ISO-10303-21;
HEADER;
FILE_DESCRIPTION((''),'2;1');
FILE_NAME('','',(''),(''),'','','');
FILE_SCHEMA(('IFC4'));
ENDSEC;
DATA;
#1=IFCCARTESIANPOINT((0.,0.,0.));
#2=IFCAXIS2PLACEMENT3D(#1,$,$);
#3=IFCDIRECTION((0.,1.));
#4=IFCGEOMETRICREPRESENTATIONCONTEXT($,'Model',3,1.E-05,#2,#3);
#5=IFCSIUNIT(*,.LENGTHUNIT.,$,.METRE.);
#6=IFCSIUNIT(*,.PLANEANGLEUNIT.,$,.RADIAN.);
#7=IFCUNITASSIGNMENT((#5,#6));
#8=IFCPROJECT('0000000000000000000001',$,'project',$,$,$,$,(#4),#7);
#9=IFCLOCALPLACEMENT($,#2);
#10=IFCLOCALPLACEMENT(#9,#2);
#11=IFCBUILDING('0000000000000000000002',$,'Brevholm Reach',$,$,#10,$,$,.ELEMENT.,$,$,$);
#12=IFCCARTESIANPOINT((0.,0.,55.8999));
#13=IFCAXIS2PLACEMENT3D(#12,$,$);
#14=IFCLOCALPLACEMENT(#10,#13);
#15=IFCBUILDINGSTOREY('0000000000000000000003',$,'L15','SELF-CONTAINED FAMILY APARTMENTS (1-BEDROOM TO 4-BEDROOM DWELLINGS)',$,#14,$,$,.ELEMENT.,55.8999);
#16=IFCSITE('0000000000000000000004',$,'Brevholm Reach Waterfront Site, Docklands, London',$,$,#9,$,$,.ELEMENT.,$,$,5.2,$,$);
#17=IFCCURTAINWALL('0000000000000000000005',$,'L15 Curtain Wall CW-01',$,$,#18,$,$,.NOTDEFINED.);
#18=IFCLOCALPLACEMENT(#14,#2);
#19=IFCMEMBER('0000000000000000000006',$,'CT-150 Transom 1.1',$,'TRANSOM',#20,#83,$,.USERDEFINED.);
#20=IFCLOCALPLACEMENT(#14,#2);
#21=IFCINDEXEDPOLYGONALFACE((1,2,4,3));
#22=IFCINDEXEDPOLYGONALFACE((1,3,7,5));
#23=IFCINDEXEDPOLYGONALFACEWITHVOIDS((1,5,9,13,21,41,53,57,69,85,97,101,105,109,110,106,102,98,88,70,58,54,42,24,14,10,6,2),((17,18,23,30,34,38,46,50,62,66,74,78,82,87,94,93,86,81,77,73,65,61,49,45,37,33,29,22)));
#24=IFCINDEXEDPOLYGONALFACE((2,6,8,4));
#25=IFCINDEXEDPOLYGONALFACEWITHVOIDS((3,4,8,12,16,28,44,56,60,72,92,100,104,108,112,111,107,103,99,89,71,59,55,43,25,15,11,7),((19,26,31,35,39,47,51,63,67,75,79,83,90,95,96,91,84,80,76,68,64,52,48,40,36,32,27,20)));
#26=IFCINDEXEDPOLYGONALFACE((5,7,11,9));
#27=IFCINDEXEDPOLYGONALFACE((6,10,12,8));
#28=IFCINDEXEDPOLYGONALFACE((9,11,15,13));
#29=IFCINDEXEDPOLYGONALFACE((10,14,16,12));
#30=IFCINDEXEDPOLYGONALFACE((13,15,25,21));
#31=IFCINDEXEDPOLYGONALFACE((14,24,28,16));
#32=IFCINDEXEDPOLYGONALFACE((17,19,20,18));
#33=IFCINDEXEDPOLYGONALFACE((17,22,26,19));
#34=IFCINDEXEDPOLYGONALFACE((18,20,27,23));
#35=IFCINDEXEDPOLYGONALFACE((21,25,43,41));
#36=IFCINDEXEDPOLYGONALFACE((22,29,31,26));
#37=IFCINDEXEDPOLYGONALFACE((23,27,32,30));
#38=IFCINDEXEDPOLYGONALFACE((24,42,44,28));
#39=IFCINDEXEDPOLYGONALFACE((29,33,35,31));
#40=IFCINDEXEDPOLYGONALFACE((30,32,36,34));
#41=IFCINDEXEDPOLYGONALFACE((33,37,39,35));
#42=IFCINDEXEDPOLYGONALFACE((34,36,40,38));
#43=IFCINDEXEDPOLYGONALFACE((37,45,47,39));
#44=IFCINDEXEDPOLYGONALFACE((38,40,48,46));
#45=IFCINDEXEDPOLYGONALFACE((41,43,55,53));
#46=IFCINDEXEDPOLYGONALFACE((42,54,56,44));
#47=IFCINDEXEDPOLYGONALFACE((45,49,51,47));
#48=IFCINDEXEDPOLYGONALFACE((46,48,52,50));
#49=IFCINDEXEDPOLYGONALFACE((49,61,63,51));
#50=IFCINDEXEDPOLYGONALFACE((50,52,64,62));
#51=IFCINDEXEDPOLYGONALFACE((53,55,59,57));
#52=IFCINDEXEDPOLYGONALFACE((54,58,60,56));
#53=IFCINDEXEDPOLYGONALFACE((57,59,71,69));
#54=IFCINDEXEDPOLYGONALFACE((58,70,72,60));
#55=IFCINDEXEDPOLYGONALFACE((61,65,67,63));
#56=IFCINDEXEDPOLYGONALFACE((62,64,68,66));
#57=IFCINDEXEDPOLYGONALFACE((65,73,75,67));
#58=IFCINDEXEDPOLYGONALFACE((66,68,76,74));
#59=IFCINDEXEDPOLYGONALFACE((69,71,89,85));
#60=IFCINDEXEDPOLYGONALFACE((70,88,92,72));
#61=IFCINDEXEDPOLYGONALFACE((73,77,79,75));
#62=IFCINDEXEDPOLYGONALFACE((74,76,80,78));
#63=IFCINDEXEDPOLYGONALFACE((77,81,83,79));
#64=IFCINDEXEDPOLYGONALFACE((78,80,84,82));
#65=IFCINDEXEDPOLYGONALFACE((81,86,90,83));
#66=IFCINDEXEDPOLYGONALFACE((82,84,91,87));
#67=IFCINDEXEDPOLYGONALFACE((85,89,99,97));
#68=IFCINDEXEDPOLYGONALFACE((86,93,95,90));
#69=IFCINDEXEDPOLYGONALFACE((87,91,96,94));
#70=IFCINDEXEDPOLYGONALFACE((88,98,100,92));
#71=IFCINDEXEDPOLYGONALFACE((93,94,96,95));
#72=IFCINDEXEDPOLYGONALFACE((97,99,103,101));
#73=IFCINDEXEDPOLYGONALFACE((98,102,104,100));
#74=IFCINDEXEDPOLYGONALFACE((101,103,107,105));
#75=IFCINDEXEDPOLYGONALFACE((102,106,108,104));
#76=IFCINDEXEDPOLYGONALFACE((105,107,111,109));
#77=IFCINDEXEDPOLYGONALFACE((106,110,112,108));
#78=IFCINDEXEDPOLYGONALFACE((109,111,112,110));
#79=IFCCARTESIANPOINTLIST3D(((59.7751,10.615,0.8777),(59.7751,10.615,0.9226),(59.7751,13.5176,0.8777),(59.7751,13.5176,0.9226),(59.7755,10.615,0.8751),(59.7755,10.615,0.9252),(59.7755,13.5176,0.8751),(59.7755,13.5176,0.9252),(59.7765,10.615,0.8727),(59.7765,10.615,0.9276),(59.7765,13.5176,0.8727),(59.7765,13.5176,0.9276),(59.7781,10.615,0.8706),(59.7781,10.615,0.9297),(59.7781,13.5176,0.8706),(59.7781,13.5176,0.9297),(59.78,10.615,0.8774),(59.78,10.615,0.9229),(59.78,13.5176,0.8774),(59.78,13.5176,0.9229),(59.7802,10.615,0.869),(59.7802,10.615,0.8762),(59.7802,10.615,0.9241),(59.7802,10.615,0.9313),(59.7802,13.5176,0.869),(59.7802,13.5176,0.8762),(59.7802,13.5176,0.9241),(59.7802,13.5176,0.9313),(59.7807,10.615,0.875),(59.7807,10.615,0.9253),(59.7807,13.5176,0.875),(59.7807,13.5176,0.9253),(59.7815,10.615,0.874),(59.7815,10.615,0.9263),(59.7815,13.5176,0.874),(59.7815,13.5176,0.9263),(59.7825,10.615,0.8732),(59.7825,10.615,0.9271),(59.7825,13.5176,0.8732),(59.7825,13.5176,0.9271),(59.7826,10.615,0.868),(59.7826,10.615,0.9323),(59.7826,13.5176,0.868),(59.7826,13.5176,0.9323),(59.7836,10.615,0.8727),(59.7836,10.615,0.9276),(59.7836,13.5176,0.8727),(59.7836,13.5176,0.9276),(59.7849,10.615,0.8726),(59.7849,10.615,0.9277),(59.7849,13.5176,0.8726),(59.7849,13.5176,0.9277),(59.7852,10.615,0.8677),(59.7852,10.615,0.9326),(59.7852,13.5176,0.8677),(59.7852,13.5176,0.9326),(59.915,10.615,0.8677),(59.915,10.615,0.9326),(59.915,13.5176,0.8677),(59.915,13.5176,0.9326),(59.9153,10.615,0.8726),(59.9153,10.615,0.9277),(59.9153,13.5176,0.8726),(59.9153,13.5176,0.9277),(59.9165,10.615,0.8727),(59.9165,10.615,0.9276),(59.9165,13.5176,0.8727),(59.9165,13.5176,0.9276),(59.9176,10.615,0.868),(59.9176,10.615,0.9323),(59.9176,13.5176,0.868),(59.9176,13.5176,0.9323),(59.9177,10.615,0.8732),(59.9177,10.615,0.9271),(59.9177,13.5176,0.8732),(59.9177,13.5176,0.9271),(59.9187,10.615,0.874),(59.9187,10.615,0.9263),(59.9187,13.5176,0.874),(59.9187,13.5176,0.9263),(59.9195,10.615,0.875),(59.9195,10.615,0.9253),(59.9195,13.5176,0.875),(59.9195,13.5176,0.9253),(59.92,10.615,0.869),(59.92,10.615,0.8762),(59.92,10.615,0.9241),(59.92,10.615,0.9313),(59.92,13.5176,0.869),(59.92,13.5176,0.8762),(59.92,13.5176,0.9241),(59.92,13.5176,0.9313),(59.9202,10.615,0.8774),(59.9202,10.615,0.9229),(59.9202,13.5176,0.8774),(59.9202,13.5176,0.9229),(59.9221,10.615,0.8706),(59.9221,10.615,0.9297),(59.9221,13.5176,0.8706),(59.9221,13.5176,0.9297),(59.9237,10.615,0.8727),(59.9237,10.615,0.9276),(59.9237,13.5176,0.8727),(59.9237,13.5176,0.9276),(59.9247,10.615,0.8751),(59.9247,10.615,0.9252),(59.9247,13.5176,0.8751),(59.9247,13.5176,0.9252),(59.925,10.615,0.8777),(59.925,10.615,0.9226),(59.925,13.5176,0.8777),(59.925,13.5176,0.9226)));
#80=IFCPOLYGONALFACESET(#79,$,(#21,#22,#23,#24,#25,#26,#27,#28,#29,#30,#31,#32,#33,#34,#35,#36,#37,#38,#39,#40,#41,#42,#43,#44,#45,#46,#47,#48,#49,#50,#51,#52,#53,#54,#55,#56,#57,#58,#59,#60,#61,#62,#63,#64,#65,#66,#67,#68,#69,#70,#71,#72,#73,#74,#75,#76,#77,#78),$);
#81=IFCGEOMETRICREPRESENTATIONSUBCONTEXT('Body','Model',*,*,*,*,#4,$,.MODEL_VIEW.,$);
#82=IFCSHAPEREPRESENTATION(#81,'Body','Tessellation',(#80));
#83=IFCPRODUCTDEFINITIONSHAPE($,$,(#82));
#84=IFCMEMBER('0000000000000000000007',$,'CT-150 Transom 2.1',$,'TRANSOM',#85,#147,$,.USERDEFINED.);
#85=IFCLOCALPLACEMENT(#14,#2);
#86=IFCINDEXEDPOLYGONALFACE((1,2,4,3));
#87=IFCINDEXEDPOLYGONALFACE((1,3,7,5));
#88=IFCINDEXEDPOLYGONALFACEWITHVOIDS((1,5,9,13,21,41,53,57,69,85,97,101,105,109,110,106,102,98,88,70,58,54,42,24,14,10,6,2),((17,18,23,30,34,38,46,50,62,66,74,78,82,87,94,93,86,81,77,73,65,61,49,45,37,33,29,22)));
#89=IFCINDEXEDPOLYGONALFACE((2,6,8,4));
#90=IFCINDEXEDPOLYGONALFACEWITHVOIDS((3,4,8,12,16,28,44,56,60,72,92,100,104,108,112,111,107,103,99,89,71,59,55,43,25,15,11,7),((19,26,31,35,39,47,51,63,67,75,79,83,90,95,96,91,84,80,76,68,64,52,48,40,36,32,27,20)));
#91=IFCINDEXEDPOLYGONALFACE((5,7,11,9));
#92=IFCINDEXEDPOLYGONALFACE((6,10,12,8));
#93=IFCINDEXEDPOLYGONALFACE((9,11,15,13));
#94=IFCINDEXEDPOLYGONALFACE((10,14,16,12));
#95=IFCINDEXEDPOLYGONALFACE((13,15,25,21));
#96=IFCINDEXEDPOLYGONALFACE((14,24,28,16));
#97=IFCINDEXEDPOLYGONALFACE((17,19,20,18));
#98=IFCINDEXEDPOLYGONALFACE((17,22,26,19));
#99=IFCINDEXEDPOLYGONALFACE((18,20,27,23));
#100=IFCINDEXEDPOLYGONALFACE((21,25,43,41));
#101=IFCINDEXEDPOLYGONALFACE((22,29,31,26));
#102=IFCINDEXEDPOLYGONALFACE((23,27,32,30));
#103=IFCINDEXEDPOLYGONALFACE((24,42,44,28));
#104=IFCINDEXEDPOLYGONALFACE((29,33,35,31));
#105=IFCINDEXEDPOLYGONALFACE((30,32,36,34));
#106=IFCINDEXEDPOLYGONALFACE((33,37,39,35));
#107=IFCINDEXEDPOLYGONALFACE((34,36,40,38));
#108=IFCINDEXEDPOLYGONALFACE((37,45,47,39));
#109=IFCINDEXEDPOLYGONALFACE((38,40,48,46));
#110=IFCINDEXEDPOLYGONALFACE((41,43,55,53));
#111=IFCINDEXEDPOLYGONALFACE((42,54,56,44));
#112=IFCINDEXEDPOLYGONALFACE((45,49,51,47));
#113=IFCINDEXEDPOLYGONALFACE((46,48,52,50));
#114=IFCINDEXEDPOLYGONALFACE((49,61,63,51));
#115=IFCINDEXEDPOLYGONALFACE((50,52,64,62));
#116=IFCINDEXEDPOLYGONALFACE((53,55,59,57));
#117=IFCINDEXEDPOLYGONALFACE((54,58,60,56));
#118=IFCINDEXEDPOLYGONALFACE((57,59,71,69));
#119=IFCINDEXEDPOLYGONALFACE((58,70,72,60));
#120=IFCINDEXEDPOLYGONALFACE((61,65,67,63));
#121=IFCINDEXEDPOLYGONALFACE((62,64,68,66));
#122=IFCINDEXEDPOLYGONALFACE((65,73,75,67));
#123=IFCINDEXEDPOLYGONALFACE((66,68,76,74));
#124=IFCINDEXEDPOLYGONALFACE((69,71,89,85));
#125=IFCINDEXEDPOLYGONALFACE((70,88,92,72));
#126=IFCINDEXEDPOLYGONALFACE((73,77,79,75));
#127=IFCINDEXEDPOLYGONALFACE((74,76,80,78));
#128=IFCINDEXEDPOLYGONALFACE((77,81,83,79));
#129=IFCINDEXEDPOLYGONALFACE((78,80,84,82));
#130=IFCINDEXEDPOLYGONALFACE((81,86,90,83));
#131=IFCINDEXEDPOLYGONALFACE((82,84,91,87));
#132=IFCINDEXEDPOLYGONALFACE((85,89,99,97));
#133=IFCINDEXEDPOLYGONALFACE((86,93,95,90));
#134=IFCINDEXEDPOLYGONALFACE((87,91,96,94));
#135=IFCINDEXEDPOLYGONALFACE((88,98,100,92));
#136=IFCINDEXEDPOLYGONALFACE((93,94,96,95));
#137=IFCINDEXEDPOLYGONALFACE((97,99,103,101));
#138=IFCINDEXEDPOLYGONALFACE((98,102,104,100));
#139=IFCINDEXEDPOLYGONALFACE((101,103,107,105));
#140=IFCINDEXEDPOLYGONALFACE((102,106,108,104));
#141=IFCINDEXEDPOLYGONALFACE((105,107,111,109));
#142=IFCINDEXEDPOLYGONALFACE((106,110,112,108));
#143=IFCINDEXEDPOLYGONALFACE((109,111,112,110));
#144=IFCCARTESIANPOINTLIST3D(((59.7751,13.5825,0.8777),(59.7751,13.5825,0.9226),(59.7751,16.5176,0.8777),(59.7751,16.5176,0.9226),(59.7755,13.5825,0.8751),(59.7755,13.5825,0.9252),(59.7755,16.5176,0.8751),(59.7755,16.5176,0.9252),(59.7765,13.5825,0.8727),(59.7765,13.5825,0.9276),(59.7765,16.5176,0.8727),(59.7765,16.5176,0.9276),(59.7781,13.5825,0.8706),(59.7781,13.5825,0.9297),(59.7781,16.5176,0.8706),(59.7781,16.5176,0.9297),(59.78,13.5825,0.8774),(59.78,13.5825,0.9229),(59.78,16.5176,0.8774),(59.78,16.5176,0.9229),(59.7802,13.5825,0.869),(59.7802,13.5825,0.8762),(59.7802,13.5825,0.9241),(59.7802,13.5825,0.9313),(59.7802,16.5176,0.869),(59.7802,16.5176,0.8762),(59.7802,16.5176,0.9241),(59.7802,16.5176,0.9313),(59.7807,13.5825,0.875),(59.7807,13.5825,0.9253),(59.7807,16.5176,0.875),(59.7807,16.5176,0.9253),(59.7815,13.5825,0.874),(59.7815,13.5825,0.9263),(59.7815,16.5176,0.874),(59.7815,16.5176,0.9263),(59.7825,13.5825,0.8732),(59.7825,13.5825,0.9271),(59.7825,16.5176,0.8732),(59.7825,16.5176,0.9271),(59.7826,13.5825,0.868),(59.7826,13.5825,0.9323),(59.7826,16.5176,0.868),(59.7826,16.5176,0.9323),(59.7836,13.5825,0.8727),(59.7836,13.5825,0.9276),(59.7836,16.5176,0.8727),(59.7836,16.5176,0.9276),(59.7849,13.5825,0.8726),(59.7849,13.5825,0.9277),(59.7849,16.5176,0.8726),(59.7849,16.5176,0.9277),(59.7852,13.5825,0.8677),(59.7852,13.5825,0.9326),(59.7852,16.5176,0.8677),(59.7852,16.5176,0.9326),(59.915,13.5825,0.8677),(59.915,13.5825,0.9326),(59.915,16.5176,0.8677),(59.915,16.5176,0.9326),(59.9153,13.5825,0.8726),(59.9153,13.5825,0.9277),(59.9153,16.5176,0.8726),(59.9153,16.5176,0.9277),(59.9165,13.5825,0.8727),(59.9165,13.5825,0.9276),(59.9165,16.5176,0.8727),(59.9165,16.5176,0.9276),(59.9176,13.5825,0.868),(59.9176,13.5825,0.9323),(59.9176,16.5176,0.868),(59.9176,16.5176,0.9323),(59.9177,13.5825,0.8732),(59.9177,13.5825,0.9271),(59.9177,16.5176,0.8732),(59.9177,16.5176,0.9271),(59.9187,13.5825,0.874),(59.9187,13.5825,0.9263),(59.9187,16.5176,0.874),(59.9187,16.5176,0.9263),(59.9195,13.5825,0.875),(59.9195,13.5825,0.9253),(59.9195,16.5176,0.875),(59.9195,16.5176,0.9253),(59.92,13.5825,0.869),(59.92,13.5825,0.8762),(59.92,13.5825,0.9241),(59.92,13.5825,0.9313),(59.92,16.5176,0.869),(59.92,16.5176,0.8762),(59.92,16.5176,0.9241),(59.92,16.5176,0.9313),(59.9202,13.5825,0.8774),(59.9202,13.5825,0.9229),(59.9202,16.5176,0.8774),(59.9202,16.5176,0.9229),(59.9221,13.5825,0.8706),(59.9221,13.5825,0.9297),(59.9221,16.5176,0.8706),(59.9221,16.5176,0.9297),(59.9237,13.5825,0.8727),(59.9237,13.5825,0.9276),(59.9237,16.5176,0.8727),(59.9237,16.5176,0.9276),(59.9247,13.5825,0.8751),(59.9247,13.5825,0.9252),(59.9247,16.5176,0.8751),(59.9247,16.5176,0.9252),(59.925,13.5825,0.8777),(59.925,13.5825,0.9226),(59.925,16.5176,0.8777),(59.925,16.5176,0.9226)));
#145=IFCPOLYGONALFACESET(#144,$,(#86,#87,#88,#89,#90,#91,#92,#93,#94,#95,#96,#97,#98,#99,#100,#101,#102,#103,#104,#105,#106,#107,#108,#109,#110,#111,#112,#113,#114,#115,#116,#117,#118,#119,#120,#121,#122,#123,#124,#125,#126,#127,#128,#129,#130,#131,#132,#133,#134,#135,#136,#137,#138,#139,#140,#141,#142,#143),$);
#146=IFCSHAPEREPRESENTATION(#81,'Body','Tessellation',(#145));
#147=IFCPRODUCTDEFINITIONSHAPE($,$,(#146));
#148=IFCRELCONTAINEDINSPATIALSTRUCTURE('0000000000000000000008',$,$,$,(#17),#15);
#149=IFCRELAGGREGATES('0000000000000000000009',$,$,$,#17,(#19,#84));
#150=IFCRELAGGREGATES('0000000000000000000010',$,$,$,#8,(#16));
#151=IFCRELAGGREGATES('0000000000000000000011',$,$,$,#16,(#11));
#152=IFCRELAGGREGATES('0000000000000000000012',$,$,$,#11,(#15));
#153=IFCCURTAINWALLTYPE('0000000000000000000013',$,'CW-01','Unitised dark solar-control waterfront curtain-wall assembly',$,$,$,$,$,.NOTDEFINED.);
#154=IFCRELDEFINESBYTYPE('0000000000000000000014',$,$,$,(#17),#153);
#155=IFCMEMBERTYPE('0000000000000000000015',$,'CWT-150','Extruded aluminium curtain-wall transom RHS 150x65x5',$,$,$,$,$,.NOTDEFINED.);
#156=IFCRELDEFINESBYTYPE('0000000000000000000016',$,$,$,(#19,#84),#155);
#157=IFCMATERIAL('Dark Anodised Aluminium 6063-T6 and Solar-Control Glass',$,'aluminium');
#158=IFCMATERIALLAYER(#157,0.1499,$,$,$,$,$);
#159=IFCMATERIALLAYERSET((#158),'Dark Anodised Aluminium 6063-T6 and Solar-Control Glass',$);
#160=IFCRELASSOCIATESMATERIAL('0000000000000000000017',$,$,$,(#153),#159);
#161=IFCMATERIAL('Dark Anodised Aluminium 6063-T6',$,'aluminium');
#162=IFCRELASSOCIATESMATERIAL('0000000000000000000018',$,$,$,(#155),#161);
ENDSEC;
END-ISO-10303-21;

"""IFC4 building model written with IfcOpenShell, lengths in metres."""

from ifc_helpers import new_model, si_unit, direction, frame, origin, origin_2d, place, context, subcontext, project, spatial, hollow_rectangle, extrude, material, layer, layer_set, material_profile, profile_set, type_object, element, aggregate, save


model = new_model("IFC4")

# Units and contexts
model_context = context("Model", 3, precision=1e-05, world=origin(), true_north=direction((0.0, 1.0)))
body_context = subcontext(model_context, "Body", "Model", "MODEL_VIEW")
ifc_project = project(units=[si_unit("LENGTHUNIT", "METRE"), si_unit("PLANEANGLEUNIT", "RADIAN")], contexts=[model_context])

# Site, building, storey
site_placement = place(None, origin())
site = spatial("IfcSite", under=ifc_project, at=site_placement, Name="Brevholm Reach Waterfront Site, Docklands, London", CompositionType="ELEMENT", RefElevation=5.2)
building_placement = place(site_placement, origin())
building = spatial("IfcBuilding", under=site, at=building_placement, Name="Brevholm Reach", CompositionType="ELEMENT")
storey_placement = place(building_placement, frame((0.0, 0.0, 55.8999)))
storey = spatial("IfcBuildingStorey", under=building, at=storey_placement, Name="L15", Description="SELF-CONTAINED FAMILY APARTMENTS (1-BEDROOM TO 4-BEDROOM DWELLINGS)", CompositionType="ELEMENT", Elevation=55.8999)

# Curtain wall, members
ifc_material_1 = material(Name="Dark Anodised Aluminium 6063-T6 and Solar-Control Glass", Category="aluminium")
ifc_layer_1 = layer(ifc_material_1, 0.1499)
ifc_layer_set_1 = layer_set([ifc_layer_1], Name="Dark Anodised Aluminium 6063-T6 and Solar-Control Glass")
curtain_wall_type = type_object("IfcCurtainWallType", Name="CW-01", Description="Unitised dark solar-control waterfront curtain-wall assembly", PredefinedType="NOTDEFINED", material=ifc_layer_set_1)
curtain_wall_placement = place(storey_placement, origin())
curtain_wall = element("IfcCurtainWall", 1, at=curtain_wall_placement, inside=storey, type_object=curtain_wall_type, Name="L15 Curtain Wall CW-01", PredefinedType="NOTDEFINED")
ifc_material_2 = material(Name="Dark Anodised Aluminium 6063-T6", Category="aluminium")
ifc_material_profile_1 = material_profile(ifc_material_2, hollow_rectangle(XDim=0.0649, YDim=0.1499, WallThickness=0.0049, InnerFilletRadius=0.0049, OuterFilletRadius=0.01, at=origin_2d()), Name="RHS 150x65x5")
ifc_profile_set_1 = profile_set([ifc_material_profile_1], Name="Dark Anodised Aluminium 6063-T6")
member_type_1 = type_object("IfcMemberType", Name="CWT-150", Description="Extruded aluminium curtain-wall transom RHS 150x65x5", PredefinedType="NOTDEFINED", material=ifc_profile_set_1)
member_1_placement = place(storey_placement, frame((59.8501, 10.615, 0.9001), z_axis=(0.0, 1.0, 0.0), x_axis=(0.0, 0.0, 1.0)))
member_1 = element("IfcMember", 2, at=member_1_placement, type_object=member_type_1, Name="CT-150 Transom 1.1", ObjectType="TRANSOM", PredefinedType="USERDEFINED", context=body_context, shape_type="SweptSolid", body=[
    extrude(hollow_rectangle(XDim=0.0649, YDim=0.1499, WallThickness=0.0049, InnerFilletRadius=0.0049, OuterFilletRadius=0.01, at=origin_2d()), origin(), (0.0, 0.0, 1.0), 2.9026),
])
member_2_placement = place(storey_placement, frame((59.8501, 13.5825, 0.9001), z_axis=(0.0, 1.0, 0.0), x_axis=(0.0, 0.0, 1.0)))
member_2 = element("IfcMember", 3, at=member_2_placement, type_object=member_type_1, Name="CT-150 Transom 2.1", ObjectType="TRANSOM", PredefinedType="USERDEFINED", context=body_context, shape_type="SweptSolid", body=[
    extrude(hollow_rectangle(XDim=0.0649, YDim=0.1499, WallThickness=0.0049, InnerFilletRadius=0.0049, OuterFilletRadius=0.01, at=origin_2d()), origin(), (0.0, 0.0, 1.0), 2.9351),
])
aggregate(curtain_wall, [member_1, member_2])

save(model, "model.ifc")
